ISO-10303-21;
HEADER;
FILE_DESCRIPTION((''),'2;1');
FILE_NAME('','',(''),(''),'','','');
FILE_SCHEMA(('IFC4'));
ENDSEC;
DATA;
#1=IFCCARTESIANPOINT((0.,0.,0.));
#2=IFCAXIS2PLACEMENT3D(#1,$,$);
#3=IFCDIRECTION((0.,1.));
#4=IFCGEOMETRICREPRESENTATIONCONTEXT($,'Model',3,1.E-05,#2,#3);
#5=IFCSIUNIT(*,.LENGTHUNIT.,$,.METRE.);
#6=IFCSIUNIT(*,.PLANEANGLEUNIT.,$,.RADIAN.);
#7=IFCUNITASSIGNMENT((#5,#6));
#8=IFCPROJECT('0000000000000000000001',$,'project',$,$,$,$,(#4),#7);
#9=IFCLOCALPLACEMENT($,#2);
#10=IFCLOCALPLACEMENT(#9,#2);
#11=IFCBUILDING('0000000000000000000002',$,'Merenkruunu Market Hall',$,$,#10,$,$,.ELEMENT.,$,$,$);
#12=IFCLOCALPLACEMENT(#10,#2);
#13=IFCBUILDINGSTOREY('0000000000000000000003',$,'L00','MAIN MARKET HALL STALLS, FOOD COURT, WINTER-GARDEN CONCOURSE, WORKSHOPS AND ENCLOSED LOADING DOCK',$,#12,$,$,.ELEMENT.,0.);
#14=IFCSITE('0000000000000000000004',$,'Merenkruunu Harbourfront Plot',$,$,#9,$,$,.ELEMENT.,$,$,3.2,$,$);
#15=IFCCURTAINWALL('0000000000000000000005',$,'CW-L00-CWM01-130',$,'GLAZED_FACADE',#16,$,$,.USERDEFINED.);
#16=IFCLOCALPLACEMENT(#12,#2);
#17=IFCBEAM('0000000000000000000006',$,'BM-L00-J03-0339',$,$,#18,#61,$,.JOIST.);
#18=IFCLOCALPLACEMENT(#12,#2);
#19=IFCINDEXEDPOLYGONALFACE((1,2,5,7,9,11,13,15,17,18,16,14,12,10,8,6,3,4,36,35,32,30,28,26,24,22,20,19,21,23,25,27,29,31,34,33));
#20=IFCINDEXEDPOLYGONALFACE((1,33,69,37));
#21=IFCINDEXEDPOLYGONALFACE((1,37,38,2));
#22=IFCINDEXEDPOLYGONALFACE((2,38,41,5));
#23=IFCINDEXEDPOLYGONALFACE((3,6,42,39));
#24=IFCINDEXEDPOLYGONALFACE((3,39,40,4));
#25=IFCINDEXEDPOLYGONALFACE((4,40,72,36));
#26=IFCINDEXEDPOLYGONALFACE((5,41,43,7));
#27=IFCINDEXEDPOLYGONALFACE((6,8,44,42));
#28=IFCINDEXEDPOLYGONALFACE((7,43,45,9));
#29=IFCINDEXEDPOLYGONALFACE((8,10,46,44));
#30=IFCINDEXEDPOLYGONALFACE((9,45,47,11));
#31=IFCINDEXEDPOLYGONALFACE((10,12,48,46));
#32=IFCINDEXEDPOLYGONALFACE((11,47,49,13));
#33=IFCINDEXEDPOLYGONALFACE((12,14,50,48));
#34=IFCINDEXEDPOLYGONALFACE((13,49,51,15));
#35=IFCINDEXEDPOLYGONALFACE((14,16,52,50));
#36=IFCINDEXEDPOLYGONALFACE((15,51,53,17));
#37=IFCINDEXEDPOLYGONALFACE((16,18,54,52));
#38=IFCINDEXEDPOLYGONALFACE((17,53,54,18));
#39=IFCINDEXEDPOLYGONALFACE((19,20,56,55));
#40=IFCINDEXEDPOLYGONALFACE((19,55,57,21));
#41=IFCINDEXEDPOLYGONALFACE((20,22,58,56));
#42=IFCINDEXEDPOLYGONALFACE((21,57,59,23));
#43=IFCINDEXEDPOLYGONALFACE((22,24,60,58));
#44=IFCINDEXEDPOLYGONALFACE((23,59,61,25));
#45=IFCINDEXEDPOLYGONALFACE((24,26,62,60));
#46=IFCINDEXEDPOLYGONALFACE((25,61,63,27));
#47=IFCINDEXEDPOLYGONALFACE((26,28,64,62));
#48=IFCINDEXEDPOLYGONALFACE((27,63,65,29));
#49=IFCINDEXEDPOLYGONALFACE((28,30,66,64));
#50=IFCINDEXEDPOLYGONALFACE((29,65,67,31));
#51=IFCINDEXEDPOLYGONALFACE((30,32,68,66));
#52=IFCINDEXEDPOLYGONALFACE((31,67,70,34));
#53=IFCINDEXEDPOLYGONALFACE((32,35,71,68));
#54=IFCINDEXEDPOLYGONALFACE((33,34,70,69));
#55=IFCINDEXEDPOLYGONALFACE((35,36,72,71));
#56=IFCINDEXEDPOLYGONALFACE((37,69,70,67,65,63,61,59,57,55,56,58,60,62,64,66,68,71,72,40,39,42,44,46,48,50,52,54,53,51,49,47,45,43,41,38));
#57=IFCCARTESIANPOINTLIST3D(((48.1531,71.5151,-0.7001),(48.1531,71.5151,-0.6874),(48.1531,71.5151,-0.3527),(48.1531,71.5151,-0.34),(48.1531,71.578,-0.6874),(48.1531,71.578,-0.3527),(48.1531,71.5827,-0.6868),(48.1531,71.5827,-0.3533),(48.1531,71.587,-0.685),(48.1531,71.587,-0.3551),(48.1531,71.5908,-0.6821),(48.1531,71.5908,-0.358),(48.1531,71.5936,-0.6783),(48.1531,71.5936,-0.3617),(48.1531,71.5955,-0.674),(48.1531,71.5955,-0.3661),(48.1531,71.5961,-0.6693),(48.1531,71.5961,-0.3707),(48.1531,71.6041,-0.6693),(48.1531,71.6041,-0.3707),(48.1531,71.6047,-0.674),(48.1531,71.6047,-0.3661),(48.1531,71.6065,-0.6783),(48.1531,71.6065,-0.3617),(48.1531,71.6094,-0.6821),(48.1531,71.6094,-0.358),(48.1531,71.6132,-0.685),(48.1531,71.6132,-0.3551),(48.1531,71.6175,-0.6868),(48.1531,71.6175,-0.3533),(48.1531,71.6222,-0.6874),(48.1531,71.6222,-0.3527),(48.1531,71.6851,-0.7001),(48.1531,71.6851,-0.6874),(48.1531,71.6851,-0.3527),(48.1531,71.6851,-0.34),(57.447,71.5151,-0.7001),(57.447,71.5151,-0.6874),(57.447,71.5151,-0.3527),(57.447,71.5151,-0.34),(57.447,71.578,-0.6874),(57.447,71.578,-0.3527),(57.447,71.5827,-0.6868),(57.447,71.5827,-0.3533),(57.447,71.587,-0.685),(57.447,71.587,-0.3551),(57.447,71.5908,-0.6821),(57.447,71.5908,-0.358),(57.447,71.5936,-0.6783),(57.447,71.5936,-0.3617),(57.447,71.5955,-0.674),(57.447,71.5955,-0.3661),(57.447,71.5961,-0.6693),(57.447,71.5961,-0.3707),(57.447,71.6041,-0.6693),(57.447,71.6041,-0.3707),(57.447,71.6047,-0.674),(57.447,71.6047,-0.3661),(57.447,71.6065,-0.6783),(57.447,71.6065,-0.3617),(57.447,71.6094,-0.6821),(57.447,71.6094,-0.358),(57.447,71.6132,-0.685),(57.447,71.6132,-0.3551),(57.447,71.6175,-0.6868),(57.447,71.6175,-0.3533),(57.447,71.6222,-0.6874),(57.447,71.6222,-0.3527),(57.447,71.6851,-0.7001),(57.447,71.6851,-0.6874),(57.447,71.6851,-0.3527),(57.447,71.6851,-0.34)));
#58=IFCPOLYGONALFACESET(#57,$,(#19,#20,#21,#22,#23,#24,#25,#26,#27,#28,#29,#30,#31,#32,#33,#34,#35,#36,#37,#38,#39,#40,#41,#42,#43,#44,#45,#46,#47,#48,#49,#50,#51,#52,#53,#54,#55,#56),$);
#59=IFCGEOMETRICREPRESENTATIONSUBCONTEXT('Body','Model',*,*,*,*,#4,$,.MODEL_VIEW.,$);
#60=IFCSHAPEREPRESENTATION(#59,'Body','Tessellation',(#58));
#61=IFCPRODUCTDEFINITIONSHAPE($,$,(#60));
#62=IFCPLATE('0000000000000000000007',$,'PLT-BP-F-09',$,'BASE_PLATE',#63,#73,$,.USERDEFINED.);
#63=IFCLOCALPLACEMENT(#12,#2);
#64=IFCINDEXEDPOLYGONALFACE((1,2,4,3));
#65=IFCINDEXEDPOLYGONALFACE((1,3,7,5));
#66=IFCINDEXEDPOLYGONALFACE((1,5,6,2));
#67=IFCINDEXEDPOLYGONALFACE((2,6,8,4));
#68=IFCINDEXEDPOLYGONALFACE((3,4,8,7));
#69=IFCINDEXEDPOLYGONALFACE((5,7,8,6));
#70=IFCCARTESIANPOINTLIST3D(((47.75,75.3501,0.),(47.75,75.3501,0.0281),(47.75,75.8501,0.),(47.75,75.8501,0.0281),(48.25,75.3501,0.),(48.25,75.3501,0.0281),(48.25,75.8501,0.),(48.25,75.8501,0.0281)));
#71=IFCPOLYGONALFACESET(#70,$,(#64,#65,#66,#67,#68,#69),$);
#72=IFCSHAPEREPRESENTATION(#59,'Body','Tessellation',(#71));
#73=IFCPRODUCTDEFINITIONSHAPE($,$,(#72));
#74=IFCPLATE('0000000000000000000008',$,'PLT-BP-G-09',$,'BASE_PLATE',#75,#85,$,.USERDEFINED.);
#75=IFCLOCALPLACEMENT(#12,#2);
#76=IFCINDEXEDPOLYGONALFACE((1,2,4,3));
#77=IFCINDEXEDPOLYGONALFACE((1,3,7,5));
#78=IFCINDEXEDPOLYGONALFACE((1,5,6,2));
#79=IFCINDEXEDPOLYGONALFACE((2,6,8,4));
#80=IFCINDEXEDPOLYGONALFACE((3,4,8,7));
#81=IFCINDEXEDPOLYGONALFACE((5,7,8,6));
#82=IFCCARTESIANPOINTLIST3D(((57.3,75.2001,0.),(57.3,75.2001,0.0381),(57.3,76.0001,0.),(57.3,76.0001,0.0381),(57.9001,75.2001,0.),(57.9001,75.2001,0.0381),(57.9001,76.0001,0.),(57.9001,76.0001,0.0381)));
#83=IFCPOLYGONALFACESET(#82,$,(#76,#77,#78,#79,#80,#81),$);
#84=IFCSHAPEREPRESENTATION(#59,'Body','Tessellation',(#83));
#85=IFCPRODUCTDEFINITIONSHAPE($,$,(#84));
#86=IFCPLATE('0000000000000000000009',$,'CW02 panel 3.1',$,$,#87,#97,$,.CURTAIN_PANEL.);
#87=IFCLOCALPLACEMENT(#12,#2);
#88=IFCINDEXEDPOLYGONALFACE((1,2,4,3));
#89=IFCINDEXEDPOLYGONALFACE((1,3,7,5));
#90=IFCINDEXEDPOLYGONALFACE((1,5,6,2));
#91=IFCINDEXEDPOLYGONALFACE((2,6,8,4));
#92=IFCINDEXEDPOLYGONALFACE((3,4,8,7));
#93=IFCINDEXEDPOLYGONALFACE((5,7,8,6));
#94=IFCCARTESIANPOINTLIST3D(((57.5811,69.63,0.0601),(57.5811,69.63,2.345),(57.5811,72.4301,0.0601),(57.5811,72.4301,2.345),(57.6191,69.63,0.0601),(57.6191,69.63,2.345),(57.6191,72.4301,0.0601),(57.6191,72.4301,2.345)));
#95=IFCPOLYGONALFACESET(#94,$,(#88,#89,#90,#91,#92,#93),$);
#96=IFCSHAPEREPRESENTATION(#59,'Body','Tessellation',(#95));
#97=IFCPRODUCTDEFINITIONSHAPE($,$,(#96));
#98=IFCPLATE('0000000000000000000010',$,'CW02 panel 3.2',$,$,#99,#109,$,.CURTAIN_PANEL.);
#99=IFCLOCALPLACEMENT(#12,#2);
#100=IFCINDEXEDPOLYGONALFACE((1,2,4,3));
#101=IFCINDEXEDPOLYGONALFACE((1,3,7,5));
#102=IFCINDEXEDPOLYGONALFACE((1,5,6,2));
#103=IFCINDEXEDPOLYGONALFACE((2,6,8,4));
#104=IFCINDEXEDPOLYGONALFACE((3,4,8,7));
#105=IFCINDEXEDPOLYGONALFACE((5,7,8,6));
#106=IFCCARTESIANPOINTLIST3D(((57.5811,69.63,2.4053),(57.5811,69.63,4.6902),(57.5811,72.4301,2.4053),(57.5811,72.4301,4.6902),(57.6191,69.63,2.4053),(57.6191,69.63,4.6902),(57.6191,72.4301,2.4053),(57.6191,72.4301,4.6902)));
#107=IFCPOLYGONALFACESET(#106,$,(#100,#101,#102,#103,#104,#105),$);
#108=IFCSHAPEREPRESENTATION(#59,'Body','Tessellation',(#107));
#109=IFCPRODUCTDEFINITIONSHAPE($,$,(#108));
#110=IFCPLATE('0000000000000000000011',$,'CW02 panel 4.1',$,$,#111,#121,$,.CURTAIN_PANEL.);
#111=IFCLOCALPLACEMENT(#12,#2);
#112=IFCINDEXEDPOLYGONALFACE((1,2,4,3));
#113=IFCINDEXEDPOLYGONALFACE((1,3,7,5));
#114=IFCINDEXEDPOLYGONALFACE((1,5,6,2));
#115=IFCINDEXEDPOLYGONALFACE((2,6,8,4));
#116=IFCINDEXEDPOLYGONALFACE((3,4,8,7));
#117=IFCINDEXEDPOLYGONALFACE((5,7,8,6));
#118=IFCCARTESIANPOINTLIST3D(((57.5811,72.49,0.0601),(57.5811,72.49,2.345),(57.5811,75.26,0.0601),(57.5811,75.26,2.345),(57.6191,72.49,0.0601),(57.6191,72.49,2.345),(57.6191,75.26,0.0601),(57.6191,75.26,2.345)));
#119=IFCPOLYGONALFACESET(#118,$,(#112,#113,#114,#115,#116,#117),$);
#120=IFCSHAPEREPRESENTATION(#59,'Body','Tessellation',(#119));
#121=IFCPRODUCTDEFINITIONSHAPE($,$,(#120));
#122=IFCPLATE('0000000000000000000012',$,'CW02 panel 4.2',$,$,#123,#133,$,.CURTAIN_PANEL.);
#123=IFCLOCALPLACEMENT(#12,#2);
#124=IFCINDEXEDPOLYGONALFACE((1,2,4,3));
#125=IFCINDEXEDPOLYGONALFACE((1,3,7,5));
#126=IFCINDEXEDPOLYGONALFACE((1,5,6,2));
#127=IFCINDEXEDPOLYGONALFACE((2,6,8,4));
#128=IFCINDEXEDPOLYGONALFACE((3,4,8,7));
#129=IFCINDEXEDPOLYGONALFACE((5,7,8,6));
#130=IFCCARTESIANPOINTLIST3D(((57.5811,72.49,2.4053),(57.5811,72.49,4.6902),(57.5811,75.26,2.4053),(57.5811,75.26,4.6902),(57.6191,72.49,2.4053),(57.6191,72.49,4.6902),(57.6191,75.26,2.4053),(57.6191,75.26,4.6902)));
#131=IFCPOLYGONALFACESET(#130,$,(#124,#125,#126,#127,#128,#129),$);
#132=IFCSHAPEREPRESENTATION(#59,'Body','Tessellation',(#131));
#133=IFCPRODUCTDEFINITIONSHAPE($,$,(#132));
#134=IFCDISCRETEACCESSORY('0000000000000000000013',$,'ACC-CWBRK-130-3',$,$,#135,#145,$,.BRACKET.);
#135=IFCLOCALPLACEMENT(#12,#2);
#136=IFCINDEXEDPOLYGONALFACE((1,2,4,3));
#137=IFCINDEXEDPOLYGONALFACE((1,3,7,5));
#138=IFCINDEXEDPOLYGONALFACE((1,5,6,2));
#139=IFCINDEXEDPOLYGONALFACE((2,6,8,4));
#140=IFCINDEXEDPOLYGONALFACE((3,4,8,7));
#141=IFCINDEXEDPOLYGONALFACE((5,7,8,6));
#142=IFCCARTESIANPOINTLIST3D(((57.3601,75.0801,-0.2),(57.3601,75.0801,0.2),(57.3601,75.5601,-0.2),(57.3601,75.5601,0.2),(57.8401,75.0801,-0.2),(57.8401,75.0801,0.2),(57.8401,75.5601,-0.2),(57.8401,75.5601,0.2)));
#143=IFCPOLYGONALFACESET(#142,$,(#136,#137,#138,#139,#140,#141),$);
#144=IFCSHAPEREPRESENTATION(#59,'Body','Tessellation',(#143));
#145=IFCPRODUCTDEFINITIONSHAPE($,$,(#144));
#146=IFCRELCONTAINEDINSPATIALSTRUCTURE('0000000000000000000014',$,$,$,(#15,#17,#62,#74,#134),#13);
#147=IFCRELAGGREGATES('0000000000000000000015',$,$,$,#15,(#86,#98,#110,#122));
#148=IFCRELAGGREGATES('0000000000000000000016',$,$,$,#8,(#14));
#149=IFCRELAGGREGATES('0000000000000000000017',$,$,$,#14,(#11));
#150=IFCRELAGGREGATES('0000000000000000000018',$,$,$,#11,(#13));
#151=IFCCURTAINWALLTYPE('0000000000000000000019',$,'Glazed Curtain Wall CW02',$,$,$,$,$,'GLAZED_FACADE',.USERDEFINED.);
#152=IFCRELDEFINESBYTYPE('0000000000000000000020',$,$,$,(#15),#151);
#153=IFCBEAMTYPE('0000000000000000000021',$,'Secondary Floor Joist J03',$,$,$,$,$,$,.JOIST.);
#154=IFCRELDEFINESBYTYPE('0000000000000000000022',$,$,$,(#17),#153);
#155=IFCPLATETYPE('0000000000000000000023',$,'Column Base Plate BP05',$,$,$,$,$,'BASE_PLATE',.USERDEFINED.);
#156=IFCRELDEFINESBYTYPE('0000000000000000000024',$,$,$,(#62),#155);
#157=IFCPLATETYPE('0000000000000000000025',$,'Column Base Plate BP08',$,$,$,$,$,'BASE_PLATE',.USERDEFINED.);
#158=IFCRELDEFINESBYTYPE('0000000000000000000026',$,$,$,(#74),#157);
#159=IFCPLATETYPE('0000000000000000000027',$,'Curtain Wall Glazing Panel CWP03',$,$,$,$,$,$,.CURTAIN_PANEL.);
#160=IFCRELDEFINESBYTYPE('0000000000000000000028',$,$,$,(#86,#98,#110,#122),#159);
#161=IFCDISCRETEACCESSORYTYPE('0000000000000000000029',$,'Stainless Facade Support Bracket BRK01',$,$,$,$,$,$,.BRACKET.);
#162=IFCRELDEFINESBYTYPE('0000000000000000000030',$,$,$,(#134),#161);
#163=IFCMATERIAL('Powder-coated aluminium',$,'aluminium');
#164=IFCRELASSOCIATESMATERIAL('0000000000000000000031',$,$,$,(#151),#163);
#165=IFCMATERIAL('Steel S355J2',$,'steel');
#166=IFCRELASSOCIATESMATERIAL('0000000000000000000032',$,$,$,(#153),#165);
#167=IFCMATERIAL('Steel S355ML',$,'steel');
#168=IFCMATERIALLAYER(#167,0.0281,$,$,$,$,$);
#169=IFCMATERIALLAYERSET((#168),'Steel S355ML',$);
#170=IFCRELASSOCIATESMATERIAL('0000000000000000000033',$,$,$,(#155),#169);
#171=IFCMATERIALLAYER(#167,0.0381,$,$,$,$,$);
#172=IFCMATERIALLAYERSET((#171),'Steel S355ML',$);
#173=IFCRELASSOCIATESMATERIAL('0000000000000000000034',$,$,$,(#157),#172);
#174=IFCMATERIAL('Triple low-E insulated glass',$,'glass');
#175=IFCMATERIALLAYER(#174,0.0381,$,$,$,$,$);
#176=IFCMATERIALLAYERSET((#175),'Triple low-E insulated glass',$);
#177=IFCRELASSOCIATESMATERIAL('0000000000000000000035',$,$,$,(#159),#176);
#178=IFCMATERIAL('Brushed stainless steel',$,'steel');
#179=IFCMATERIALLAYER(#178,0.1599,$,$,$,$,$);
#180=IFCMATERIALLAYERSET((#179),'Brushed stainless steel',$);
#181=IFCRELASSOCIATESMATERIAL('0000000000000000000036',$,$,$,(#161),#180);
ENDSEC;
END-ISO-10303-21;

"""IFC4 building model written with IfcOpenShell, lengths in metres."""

from ifc_helpers import new_model, si_unit, direction, frame, origin, origin_2d, place, context, subcontext, project, spatial, rectangle, i_section, extrude, material, layer, layer_set, material_profile, profile_set, type_object, element, aggregate, save


model = new_model("IFC4")

# Units and contexts
model_context = context("Model", 3, precision=1e-05, world=origin(), true_north=direction((0.0, 1.0)))
body_context = subcontext(model_context, "Body", "Model", "MODEL_VIEW")
ifc_project = project(units=[si_unit("LENGTHUNIT", "METRE"), si_unit("PLANEANGLEUNIT", "RADIAN")], contexts=[model_context])

# Site, building, storey
site_placement = place(None, origin())
site = spatial("IfcSite", under=ifc_project, at=site_placement, Name="Merenkruunu Harbourfront Plot", CompositionType="ELEMENT", RefElevation=3.2)
building_placement = place(site_placement, origin())
building = spatial("IfcBuilding", under=site, at=building_placement, Name="Merenkruunu Market Hall", CompositionType="ELEMENT")
storey_placement = place(building_placement, origin())
storey = spatial("IfcBuildingStorey", under=building, at=storey_placement, Name="L00", Description="MAIN MARKET HALL STALLS, FOOD COURT, WINTER-GARDEN CONCOURSE, WORKSHOPS AND ENCLOSED LOADING DOCK", CompositionType="ELEMENT", Elevation=0.0)

# Shared definitions
ifc_material_1 = material(Name="Steel S355ML", Category="steel")
ifc_material_2 = material(Name="Steel S355J2", Category="steel")

# Curtain wall
ifc_material_3 = material(Name="Powder-coated aluminium", Category="aluminium")
curtain_wall_type = type_object("IfcCurtainWallType", Name="Glazed Curtain Wall CW02", ElementType="GLAZED_FACADE", PredefinedType="USERDEFINED", material=ifc_material_3)
curtain_wall_placement = place(storey_placement, origin())
curtain_wall = element("IfcCurtainWall", 1, at=curtain_wall_placement, inside=storey, type_object=curtain_wall_type, Name="CW-L00-CWM01-130", ObjectType="GLAZED_FACADE", PredefinedType="USERDEFINED")

# Beam
ifc_material_profile_1 = material_profile(ifc_material_2, i_section(OverallWidth=0.1699, OverallDepth=0.3601, WebThickness=0.0081, FlangeThickness=0.0127, FilletRadius=0.0181, at=origin_2d()), Name="IPE 360")
ifc_profile_set_1 = profile_set([ifc_material_profile_1], Name="Steel S355J2")
beam_type_1 = type_object("IfcBeamType", Name="Secondary Floor Joist J03", PredefinedType="JOIST", material=ifc_profile_set_1)
beam_1_placement = place(storey_placement, frame((48.1531, 71.6001, -0.52), z_axis=(1.0, 0.0, 0.0), x_axis=(0.0, 1.0, 0.0)))
element("IfcBeam", 2, at=beam_1_placement, inside=storey, type_object=beam_type_1, Name="BM-L00-J03-0339", PredefinedType="JOIST", context=body_context, shape_type="SweptSolid", body=[
    extrude(i_section(OverallWidth=0.1699, OverallDepth=0.3601, WebThickness=0.0081, FlangeThickness=0.0127, FilletRadius=0.0181, at=origin_2d()), origin(), (0.0, 0.0, 1.0), 9.2939),
])

# Plates
ifc_layer_1 = layer(ifc_material_1, 0.0281)
ifc_layer_set_1 = layer_set([ifc_layer_1], Name="Steel S355ML")
plate_type_1 = type_object("IfcPlateType", Name="Column Base Plate BP05", ElementType="BASE_PLATE", PredefinedType="USERDEFINED", material=ifc_layer_set_1)
plate_1_placement = place(storey_placement, frame((48.0, 75.6001, 0.0), z_axis=(0.0, 0.0, 1.0), x_axis=(1.0, 0.0, 0.0)))
element("IfcPlate", 3, at=plate_1_placement, inside=storey, type_object=plate_type_1, Name="PLT-BP-F-09", ObjectType="BASE_PLATE", PredefinedType="USERDEFINED", context=body_context, shape_type="SweptSolid", body=[
    extrude(rectangle(XDim=0.5, YDim=0.5, at=origin_2d()), origin(), (0.0, 0.0, 1.0), 0.0281),
])
ifc_layer_2 = layer(ifc_material_1, 0.0381)
ifc_layer_set_2 = layer_set([ifc_layer_2], Name="Steel S355ML")
plate_type_2 = type_object("IfcPlateType", Name="Column Base Plate BP08", ElementType="BASE_PLATE", PredefinedType="USERDEFINED", material=ifc_layer_set_2)
plate_2_placement = place(storey_placement, frame((57.6001, 75.6001, 0.0), z_axis=(0.0, 0.0, 1.0), x_axis=(1.0, 0.0, 0.0)))
element("IfcPlate", 4, at=plate_2_placement, inside=storey, type_object=plate_type_2, Name="PLT-BP-G-09", ObjectType="BASE_PLATE", PredefinedType="USERDEFINED", context=body_context, shape_type="SweptSolid", body=[
    extrude(rectangle(XDim=0.6001, YDim=0.8, at=origin_2d()), origin(), (0.0, 0.0, 1.0), 0.0381),
])

# Plates
ifc_material_4 = material(Name="Triple low-E insulated glass", Category="glass")
ifc_layer_3 = layer(ifc_material_4, 0.0381)
ifc_layer_set_3 = layer_set([ifc_layer_3], Name="Triple low-E insulated glass")
plate_type_3 = type_object("IfcPlateType", Name="Curtain Wall Glazing Panel CWP03", PredefinedType="CURTAIN_PANEL", material=ifc_layer_set_3)
plate_3_placement = place(storey_placement, frame((57.6001, 71.03, 0.0601), z_axis=(0.0, 0.0, 1.0), x_axis=(0.0, 1.0, 0.0)))
plate_3 = element("IfcPlate", 5, at=plate_3_placement, type_object=plate_type_3, Name="CW02 panel 3.1", PredefinedType="CURTAIN_PANEL", context=body_context, shape_type="SweptSolid", body=[
    extrude(rectangle(XDim=2.8, YDim=0.0381, at=origin_2d()), origin(), (0.0, 0.0, 1.0), 2.2849),
])
plate_4_placement = place(storey_placement, frame((57.6001, 71.03, 2.4053), z_axis=(0.0, 0.0, 1.0), x_axis=(0.0, 1.0, 0.0)))
plate_4 = element("IfcPlate", 6, at=plate_4_placement, type_object=plate_type_3, Name="CW02 panel 3.2", PredefinedType="CURTAIN_PANEL", context=body_context, shape_type="SweptSolid", body=[
    extrude(rectangle(XDim=2.8, YDim=0.0381, at=origin_2d()), origin(), (0.0, 0.0, 1.0), 2.2849),
])
plate_5_placement = place(storey_placement, frame((57.6001, 73.875, 0.0601), z_axis=(0.0, 0.0, 1.0), x_axis=(0.0, 1.0, 0.0)))
plate_5 = element("IfcPlate", 7, at=plate_5_placement, type_object=plate_type_3, Name="CW02 panel 4.1", PredefinedType="CURTAIN_PANEL", context=body_context, shape_type="SweptSolid", body=[
    extrude(rectangle(XDim=2.77, YDim=0.0381, at=origin_2d()), origin(), (0.0, 0.0, 1.0), 2.2849),
])
plate_6_placement = place(storey_placement, frame((57.6001, 73.875, 2.4053), z_axis=(0.0, 0.0, 1.0), x_axis=(0.0, 1.0, 0.0)))
plate_6 = element("IfcPlate", 8, at=plate_6_placement, type_object=plate_type_3, Name="CW02 panel 4.2", PredefinedType="CURTAIN_PANEL", context=body_context, shape_type="SweptSolid", body=[
    extrude(rectangle(XDim=2.77, YDim=0.0381, at=origin_2d()), origin(), (0.0, 0.0, 1.0), 2.2849),
])
aggregate(curtain_wall, [plate_3, plate_4, plate_5, plate_6])

# Discrete accessory
ifc_material_5 = material(Name="Brushed stainless steel", Category="steel")
ifc_layer_4 = layer(ifc_material_5, 0.1599)
ifc_layer_set_4 = layer_set([ifc_layer_4], Name="Brushed stainless steel")
discrete_accessory_type = type_object("IfcDiscreteAccessoryType", Name="Stainless Facade Support Bracket BRK01", PredefinedType="BRACKET", material=ifc_layer_set_4)
discrete_accessory_placement = place(storey_placement, frame((57.6001, 75.3201, -0.2), z_axis=(0.0, 0.0, 1.0), x_axis=(1.0, 0.0, 0.0)))
element("IfcDiscreteAccessory", 9, at=discrete_accessory_placement, inside=storey, type_object=discrete_accessory_type, Name="ACC-CWBRK-130-3", PredefinedType="BRACKET", context=body_context, shape_type="SweptSolid", body=[
    extrude(rectangle(XDim=0.48, YDim=0.48, at=origin_2d()), origin(), (0.0, 0.0, 1.0), 0.3999),
])

save(model, "model.ifc")
